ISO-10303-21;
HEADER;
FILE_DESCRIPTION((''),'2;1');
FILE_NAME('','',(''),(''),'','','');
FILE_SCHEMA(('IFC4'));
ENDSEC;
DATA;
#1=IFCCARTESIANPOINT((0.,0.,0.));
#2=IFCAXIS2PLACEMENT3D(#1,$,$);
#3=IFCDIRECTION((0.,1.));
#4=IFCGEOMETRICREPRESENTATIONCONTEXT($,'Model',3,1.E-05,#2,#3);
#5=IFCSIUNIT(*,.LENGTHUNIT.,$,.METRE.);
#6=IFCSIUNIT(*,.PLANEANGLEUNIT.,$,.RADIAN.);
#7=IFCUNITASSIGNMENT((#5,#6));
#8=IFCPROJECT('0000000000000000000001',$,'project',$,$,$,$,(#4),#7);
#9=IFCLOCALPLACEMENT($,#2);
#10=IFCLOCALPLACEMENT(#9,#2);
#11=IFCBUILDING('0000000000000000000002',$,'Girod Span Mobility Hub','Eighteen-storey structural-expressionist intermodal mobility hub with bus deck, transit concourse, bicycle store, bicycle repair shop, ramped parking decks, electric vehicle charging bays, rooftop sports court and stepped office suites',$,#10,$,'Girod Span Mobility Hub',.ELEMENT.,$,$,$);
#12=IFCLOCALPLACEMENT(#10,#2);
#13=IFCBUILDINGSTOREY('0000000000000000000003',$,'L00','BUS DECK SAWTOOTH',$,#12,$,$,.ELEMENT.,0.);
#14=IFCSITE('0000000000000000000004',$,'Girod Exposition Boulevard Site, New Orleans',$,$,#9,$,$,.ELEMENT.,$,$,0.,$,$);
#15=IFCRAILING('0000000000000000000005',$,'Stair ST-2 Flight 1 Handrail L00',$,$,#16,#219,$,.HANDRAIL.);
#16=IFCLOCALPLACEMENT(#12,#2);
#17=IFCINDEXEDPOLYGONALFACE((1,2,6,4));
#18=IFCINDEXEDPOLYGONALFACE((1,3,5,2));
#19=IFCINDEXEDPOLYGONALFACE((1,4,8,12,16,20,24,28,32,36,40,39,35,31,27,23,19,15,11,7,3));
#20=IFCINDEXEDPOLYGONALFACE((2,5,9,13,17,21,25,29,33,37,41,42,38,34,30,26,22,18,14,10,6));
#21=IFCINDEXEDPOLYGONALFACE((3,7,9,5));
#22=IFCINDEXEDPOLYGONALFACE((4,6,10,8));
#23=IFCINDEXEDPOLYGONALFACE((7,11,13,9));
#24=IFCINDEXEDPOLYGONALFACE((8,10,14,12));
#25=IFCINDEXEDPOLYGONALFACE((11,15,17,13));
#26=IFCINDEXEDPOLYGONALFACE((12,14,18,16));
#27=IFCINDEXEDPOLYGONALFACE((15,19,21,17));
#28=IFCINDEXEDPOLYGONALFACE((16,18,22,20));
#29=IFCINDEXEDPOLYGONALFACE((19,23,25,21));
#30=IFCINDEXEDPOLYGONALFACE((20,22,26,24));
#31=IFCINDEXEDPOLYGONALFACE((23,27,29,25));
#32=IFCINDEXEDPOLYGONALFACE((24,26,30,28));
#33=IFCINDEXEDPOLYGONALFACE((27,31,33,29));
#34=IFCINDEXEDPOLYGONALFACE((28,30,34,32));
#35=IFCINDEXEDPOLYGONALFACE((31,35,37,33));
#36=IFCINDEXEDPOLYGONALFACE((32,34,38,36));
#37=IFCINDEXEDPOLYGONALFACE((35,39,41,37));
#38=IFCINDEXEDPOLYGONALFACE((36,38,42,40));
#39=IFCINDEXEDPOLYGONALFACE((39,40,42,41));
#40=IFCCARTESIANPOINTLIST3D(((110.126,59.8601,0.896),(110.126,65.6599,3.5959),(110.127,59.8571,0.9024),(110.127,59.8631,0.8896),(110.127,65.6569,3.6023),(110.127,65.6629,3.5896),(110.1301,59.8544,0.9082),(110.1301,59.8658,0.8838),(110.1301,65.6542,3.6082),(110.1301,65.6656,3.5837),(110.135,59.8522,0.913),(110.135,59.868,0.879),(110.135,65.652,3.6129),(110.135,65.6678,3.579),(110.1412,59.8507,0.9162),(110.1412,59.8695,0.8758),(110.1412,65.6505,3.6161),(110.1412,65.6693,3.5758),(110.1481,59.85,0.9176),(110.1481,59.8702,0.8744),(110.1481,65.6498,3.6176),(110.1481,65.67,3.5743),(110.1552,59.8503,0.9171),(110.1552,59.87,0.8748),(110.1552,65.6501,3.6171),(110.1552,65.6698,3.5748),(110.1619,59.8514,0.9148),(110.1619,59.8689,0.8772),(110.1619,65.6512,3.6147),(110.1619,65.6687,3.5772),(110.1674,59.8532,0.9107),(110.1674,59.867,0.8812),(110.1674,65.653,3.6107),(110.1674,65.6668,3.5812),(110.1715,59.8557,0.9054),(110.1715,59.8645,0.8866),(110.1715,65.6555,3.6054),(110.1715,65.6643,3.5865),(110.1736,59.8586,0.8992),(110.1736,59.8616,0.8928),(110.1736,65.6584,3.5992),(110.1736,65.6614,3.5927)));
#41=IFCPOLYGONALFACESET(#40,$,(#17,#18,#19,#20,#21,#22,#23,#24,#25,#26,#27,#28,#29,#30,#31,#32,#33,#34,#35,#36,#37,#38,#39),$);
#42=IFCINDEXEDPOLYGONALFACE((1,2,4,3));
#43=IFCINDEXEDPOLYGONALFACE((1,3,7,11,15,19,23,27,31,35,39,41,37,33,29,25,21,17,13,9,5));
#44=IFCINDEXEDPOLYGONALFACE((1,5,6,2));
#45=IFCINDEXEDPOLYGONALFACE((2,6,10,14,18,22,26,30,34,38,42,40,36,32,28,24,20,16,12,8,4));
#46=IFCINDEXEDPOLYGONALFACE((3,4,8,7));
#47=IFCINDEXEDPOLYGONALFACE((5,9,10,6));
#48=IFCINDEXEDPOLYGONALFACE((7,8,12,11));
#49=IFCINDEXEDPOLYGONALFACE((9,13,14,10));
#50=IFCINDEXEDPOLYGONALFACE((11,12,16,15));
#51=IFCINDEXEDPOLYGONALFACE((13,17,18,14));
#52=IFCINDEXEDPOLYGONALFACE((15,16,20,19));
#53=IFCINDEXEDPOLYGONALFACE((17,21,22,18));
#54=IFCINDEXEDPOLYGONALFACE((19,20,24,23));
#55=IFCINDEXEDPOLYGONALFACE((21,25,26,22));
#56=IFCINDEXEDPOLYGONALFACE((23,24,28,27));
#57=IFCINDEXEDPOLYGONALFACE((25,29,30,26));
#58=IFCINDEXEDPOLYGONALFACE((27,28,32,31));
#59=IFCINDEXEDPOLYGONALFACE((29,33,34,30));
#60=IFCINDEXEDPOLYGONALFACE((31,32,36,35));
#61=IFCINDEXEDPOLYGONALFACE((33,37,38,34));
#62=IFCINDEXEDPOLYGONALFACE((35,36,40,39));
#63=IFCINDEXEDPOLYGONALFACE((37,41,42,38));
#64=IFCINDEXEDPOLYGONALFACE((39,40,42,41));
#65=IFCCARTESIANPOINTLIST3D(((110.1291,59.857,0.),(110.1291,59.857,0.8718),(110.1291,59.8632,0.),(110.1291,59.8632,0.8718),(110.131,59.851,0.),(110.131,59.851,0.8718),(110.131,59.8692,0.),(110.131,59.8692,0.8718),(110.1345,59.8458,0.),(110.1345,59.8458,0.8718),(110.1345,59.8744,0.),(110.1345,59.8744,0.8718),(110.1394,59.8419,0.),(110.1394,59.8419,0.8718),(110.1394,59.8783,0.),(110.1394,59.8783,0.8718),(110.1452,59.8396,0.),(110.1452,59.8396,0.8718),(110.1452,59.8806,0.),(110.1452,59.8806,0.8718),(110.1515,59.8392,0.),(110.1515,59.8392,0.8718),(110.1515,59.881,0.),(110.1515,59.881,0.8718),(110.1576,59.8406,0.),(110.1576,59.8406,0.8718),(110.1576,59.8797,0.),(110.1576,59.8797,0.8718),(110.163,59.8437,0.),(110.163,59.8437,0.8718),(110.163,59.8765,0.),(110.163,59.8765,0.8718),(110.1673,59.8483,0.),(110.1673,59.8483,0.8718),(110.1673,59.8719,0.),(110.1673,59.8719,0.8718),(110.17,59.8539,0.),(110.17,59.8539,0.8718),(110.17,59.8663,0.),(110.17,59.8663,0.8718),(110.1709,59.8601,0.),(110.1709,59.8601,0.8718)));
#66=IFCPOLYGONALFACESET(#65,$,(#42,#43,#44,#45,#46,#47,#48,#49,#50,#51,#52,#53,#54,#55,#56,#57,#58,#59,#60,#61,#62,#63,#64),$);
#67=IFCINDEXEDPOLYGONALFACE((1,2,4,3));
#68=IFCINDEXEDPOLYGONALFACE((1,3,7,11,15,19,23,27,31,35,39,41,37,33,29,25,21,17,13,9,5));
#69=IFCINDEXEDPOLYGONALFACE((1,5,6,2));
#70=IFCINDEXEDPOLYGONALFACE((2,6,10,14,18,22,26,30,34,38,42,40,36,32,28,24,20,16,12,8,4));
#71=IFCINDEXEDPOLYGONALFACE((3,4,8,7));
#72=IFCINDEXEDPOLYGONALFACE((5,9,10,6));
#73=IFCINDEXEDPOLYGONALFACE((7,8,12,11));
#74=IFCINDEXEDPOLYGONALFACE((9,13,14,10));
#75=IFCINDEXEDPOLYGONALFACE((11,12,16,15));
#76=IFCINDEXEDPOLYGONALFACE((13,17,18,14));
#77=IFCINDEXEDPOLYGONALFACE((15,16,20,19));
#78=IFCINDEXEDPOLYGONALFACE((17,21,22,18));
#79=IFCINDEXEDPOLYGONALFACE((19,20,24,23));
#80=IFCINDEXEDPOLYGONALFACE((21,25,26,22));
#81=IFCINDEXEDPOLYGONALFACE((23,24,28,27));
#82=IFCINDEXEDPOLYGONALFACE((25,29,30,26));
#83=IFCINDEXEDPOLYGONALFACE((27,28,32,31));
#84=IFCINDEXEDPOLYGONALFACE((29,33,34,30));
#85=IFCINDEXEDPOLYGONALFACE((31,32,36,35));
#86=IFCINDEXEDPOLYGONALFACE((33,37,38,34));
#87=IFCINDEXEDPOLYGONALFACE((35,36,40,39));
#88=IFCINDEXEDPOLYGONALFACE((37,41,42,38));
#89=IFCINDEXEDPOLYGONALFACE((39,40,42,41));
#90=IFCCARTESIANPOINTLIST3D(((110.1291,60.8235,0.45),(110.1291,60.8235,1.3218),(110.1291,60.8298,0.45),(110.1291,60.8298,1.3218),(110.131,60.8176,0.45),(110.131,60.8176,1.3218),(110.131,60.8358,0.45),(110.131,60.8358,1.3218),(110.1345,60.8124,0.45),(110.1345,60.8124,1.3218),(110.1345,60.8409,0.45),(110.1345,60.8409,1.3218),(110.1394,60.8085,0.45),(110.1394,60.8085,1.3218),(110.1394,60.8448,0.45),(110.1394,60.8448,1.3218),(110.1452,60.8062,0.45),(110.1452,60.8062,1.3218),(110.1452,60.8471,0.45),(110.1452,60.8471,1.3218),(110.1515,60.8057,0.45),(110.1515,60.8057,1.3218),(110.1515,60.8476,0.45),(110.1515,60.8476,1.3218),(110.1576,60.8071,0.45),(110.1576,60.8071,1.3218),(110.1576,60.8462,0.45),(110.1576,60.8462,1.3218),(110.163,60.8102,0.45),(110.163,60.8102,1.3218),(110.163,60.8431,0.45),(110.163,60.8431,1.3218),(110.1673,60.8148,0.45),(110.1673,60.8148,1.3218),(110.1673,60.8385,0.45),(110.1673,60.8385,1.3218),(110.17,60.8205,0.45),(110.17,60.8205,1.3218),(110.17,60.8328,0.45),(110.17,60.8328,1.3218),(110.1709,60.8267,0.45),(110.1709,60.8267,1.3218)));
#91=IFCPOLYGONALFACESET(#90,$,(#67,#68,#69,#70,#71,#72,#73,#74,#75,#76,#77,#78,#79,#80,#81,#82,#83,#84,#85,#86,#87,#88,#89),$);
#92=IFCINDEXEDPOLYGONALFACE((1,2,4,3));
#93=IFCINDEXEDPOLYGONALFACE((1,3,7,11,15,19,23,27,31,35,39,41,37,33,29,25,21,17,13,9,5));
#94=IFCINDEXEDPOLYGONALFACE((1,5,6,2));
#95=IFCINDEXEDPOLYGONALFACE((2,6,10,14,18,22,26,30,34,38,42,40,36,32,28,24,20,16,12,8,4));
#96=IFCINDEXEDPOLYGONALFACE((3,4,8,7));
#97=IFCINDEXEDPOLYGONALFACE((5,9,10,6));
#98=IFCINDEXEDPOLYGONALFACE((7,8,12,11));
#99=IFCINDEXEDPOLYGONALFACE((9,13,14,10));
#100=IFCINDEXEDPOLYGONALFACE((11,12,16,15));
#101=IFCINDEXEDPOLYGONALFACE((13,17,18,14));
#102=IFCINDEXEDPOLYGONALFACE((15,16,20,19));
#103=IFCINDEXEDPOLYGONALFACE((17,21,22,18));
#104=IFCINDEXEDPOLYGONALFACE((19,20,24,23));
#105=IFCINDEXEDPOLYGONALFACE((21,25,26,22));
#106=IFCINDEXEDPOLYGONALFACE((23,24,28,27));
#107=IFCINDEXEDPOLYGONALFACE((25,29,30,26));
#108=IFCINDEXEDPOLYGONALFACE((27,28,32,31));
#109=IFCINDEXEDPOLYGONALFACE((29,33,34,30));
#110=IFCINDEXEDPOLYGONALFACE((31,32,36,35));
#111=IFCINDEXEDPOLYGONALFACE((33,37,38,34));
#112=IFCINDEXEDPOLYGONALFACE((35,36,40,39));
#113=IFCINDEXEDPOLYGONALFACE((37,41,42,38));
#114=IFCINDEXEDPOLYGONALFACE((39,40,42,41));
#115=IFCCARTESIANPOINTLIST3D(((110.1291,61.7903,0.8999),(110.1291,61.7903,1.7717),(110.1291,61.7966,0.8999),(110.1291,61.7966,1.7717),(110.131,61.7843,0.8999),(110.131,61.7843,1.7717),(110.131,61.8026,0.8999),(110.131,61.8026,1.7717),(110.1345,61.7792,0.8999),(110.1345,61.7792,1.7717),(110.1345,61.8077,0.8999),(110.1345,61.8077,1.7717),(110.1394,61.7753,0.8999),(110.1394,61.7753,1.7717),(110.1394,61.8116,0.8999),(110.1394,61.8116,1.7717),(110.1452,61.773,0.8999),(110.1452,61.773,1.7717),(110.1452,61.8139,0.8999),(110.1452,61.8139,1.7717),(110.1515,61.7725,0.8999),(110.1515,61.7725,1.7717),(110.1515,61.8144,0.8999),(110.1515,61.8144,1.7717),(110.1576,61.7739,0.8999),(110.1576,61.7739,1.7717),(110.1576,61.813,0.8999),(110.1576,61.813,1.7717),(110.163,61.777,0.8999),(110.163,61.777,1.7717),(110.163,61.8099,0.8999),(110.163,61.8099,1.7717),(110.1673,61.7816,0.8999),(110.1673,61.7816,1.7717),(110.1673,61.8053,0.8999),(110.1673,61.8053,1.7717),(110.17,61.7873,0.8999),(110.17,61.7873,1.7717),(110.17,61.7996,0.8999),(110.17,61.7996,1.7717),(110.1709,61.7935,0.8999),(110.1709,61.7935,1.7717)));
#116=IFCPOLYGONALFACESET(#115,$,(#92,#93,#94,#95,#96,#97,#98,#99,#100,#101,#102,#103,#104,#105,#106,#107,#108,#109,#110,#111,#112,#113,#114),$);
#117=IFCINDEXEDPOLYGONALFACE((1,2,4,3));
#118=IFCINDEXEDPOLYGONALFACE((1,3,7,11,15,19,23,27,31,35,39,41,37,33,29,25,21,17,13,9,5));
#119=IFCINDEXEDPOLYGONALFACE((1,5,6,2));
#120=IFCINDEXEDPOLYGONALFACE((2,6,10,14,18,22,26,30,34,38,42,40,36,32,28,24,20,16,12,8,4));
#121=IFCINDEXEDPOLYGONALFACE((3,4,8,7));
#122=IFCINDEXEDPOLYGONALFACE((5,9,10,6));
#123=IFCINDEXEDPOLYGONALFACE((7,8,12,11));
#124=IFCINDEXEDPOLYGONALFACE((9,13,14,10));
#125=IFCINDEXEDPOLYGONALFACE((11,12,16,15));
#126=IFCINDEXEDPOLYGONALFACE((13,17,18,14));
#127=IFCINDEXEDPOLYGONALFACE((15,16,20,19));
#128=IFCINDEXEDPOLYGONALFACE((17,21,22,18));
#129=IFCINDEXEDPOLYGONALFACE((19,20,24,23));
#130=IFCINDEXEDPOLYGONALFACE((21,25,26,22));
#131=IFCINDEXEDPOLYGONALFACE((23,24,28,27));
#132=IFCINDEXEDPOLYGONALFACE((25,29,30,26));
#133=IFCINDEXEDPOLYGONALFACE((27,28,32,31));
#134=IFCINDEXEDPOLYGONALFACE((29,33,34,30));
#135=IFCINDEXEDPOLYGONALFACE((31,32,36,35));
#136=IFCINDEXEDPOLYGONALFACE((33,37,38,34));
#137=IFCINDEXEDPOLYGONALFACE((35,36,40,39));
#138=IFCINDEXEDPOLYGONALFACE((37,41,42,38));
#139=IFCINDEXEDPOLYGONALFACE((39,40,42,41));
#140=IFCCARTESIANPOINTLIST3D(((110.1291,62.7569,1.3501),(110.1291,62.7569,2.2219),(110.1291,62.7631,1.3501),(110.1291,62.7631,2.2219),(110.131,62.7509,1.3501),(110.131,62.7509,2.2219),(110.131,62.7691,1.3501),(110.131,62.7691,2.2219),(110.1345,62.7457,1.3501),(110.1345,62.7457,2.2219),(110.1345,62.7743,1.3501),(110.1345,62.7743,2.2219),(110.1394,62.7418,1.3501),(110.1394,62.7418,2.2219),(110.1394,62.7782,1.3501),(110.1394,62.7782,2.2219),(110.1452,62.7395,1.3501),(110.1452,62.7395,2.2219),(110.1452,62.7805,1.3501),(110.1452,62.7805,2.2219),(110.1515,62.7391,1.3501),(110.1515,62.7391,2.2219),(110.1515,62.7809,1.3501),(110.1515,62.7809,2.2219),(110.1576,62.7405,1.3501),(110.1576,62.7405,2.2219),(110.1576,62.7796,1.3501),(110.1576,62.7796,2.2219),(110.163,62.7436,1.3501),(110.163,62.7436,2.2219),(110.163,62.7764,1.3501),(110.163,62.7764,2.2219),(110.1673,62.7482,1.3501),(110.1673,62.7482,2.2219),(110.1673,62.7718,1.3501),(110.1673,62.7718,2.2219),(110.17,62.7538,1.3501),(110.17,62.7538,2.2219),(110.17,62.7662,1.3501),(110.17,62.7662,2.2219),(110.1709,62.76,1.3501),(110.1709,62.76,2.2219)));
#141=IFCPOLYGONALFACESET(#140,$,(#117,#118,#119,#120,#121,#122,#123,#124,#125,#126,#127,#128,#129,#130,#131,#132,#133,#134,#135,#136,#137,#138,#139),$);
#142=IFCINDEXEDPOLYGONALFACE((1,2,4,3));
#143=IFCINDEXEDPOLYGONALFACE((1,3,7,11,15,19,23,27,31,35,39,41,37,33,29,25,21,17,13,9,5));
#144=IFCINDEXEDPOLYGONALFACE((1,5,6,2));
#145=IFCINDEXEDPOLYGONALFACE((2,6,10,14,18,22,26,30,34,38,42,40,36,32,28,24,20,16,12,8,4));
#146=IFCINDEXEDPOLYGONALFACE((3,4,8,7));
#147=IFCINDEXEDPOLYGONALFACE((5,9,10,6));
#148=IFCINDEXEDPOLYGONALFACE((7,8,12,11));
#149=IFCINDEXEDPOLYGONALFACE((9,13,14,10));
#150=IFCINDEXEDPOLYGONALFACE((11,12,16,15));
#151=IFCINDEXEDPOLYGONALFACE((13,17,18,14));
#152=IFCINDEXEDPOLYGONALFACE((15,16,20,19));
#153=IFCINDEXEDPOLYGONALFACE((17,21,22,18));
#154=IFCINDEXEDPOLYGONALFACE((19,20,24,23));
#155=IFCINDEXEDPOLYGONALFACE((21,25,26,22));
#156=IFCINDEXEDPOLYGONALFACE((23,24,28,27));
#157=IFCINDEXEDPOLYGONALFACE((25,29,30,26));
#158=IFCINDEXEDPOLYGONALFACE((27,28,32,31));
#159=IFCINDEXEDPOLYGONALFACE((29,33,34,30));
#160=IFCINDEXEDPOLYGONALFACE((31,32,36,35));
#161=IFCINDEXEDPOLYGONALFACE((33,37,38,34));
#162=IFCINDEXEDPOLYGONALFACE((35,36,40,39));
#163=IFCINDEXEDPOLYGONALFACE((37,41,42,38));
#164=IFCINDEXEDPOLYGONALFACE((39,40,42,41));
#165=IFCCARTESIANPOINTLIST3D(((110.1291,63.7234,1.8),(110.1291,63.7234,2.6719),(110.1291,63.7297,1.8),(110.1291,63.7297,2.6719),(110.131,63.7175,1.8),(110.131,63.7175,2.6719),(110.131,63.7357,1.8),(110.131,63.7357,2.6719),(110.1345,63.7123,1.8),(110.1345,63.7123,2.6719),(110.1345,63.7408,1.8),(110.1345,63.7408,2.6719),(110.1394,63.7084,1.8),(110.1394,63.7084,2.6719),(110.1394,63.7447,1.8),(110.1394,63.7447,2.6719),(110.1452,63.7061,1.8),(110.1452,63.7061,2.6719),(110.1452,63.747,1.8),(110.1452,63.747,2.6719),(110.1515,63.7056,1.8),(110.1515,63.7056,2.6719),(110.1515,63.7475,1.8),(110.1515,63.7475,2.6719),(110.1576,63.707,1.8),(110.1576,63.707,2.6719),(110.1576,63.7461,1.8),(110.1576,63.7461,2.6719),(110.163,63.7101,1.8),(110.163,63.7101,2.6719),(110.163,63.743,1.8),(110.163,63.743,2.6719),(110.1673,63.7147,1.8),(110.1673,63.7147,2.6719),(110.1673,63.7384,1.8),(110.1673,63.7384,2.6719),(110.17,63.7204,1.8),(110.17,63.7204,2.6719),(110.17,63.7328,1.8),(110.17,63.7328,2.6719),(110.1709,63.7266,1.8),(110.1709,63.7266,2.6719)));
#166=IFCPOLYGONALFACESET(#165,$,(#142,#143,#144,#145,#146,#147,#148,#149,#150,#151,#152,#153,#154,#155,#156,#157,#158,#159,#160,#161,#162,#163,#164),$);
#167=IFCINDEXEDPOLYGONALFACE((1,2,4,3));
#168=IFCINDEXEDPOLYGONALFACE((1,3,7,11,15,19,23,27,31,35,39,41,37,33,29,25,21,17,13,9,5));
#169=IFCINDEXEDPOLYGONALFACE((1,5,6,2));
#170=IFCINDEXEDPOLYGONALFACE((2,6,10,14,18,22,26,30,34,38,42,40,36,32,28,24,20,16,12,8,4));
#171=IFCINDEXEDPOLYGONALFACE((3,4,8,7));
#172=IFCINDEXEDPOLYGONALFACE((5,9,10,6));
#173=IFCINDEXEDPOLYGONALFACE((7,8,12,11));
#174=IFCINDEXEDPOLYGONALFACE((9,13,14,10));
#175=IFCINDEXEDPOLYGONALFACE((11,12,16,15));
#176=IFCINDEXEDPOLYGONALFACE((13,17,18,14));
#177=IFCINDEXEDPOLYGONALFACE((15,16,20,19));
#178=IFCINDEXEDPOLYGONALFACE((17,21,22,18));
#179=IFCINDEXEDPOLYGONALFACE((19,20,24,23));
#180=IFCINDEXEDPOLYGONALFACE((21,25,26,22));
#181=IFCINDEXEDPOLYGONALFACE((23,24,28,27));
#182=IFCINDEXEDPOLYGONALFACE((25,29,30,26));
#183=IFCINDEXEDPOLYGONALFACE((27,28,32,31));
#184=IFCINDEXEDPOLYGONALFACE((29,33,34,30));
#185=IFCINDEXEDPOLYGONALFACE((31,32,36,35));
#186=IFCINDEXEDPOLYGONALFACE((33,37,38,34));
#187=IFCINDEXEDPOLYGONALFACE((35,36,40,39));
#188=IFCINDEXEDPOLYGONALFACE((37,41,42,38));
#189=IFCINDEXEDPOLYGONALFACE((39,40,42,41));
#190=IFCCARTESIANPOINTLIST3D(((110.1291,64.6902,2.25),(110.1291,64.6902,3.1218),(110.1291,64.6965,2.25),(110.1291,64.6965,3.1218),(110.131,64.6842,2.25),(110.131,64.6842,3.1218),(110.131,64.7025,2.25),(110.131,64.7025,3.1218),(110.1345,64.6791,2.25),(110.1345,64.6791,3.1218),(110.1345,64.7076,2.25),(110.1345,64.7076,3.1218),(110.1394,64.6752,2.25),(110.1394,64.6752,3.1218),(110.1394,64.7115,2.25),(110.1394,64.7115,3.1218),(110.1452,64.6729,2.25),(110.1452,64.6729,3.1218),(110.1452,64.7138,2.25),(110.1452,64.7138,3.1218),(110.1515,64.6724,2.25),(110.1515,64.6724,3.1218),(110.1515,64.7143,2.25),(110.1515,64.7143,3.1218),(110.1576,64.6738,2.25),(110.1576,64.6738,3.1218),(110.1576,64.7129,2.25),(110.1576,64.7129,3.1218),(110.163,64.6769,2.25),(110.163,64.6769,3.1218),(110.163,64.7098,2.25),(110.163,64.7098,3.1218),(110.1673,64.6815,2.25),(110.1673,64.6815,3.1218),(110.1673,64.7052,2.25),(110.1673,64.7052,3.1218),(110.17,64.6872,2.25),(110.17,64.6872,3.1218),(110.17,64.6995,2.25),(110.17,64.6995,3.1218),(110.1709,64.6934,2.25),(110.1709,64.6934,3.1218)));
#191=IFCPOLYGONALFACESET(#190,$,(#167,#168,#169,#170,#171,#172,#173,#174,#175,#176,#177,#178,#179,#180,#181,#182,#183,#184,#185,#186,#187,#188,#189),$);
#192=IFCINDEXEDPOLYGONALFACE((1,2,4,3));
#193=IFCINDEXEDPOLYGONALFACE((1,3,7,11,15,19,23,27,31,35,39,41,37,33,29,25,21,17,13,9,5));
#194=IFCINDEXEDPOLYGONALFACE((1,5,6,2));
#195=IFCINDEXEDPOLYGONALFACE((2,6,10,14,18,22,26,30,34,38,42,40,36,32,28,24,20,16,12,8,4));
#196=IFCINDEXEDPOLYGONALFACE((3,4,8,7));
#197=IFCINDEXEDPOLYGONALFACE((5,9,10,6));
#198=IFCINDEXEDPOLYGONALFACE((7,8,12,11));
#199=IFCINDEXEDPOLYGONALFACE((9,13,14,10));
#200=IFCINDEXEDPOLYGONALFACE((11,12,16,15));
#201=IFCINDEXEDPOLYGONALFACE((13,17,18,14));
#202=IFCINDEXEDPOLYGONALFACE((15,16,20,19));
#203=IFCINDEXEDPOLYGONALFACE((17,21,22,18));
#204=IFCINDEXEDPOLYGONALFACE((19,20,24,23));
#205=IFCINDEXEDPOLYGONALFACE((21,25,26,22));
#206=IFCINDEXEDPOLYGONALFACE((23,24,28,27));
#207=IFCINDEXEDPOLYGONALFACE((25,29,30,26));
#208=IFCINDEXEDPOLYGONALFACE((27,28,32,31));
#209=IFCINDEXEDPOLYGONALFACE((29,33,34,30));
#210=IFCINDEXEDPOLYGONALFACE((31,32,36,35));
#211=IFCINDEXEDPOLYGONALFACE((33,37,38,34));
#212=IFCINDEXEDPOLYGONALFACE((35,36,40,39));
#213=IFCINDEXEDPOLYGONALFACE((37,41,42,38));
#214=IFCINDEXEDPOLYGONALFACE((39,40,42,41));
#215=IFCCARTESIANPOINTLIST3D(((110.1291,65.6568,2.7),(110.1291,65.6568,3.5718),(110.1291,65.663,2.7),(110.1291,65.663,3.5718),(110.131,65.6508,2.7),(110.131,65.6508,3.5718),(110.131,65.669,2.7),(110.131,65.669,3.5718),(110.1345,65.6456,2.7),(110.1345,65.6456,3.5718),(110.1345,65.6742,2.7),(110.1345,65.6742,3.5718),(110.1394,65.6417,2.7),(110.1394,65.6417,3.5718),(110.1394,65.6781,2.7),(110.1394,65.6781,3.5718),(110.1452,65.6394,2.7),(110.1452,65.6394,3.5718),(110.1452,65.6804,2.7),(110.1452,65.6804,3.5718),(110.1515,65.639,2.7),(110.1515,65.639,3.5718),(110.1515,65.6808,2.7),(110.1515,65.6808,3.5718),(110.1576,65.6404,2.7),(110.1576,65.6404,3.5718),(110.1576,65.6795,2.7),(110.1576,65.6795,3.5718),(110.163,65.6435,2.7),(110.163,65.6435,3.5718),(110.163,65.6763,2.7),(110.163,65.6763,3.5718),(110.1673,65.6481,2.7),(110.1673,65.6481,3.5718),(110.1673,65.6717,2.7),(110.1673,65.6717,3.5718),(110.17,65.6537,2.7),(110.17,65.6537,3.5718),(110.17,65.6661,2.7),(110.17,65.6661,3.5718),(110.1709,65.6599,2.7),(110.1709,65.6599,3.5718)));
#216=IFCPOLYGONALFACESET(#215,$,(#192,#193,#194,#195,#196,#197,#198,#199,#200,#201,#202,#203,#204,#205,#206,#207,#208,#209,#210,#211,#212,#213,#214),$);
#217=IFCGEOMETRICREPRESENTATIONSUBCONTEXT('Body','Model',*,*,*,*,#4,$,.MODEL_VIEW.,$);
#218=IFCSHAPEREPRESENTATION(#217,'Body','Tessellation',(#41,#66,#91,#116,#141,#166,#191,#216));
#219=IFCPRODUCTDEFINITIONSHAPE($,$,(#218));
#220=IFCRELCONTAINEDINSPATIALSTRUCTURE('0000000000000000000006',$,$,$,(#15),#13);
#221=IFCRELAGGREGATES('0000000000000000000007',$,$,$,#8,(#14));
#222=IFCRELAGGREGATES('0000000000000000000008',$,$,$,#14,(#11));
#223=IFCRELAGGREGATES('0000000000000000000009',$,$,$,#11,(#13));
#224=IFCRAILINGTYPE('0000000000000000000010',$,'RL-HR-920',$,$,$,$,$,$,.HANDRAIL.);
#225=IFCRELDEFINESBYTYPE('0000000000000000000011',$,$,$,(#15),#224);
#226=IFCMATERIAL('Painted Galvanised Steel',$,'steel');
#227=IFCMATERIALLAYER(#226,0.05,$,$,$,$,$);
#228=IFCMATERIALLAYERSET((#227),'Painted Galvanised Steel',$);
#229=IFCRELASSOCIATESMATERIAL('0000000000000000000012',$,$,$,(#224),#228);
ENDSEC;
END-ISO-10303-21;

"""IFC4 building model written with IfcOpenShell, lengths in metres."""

from ifc_helpers import new_model, si_unit, direction, frame, origin, origin_2d, place, context, subcontext, project, spatial, circle, extrude, material, layer, layer_set, type_object, element, save


model = new_model("IFC4")

# Units and contexts
model_context = context("Model", 3, precision=1e-05, world=origin(), true_north=direction((0.0, 1.0)))
body_context = subcontext(model_context, "Body", "Model", "MODEL_VIEW")
ifc_project = project(units=[si_unit("LENGTHUNIT", "METRE"), si_unit("PLANEANGLEUNIT", "RADIAN")], contexts=[model_context])

# Site, building, storey
site_placement = place(None, origin())
site = spatial("IfcSite", under=ifc_project, at=site_placement, Name="Girod Exposition Boulevard Site, New Orleans", CompositionType="ELEMENT", RefElevation=0.0)
building_placement = place(site_placement, origin())
building = spatial("IfcBuilding", under=site, at=building_placement, Name="Girod Span Mobility Hub", Description="Eighteen-storey structural-expressionist intermodal mobility hub with bus deck, transit concourse, bicycle store, bicycle repair shop, ramped parking decks, electric vehicle charging bays, rooftop sports court and stepped office suites", LongName="Girod Span Mobility Hub", CompositionType="ELEMENT")
storey_placement = place(building_placement, origin())
storey = spatial("IfcBuildingStorey", under=building, at=storey_placement, Name="L00", Description="BUS DECK SAWTOOTH", CompositionType="ELEMENT", Elevation=0.0)

# Railing
ifc_material_1 = material(Name="Painted Galvanised Steel", Category="steel")
ifc_layer_1 = layer(ifc_material_1, 0.05)
ifc_layer_set_1 = layer_set([ifc_layer_1], Name="Painted Galvanised Steel")
railing_type_1 = type_object("IfcRailingType", Name="RL-HR-920", PredefinedType="HANDRAIL", material=ifc_layer_set_1)
railing_1_placement = place(storey_placement, frame((110.1499, 59.8601, 0.0)))
element("IfcRailing", 1, at=railing_1_placement, inside=storey, type_object=railing_type_1, Name="Stair ST-2 Flight 1 Handrail L00", PredefinedType="HANDRAIL", context=body_context, shape_type="SweptSolid", body=[
    extrude(circle(Radius=0.0239, at=origin_2d()), frame((0.0, 0.0, 0.896), z_axis=(0.0, 0.90658, 0.422035), x_axis=(-1.0, 0.0, 0.0)), (0.0, 0.0, 1.0), 6.3975),
    extrude(circle(Radius=0.021, at=origin_2d()), origin(), (0.0, 0.0, 1.0), 0.8718),
    extrude(circle(Radius=0.021, at=origin_2d()), frame((0.0, 0.9666, 0.45)), (0.0, 0.0, 1.0), 0.8718),
    extrude(circle(Radius=0.021, at=origin_2d()), frame((0.0, 1.9333, 0.8999)), (0.0, 0.0, 1.0), 0.8718),
    extrude(circle(Radius=0.021, at=origin_2d()), frame((0.0, 2.8999, 1.3501)), (0.0, 0.0, 1.0), 0.8718),
    extrude(circle(Radius=0.021, at=origin_2d()), frame((0.0, 3.8665, 1.8)), (0.0, 0.0, 1.0), 0.8718),
    extrude(circle(Radius=0.021, at=origin_2d()), frame((0.0, 4.8333, 2.25)), (0.0, 0.0, 1.0), 0.8718),
    extrude(circle(Radius=0.021, at=origin_2d()), frame((0.0, 5.7998, 2.7)), (0.0, 0.0, 1.0), 0.8718),
])

save(model, "model.ifc")
